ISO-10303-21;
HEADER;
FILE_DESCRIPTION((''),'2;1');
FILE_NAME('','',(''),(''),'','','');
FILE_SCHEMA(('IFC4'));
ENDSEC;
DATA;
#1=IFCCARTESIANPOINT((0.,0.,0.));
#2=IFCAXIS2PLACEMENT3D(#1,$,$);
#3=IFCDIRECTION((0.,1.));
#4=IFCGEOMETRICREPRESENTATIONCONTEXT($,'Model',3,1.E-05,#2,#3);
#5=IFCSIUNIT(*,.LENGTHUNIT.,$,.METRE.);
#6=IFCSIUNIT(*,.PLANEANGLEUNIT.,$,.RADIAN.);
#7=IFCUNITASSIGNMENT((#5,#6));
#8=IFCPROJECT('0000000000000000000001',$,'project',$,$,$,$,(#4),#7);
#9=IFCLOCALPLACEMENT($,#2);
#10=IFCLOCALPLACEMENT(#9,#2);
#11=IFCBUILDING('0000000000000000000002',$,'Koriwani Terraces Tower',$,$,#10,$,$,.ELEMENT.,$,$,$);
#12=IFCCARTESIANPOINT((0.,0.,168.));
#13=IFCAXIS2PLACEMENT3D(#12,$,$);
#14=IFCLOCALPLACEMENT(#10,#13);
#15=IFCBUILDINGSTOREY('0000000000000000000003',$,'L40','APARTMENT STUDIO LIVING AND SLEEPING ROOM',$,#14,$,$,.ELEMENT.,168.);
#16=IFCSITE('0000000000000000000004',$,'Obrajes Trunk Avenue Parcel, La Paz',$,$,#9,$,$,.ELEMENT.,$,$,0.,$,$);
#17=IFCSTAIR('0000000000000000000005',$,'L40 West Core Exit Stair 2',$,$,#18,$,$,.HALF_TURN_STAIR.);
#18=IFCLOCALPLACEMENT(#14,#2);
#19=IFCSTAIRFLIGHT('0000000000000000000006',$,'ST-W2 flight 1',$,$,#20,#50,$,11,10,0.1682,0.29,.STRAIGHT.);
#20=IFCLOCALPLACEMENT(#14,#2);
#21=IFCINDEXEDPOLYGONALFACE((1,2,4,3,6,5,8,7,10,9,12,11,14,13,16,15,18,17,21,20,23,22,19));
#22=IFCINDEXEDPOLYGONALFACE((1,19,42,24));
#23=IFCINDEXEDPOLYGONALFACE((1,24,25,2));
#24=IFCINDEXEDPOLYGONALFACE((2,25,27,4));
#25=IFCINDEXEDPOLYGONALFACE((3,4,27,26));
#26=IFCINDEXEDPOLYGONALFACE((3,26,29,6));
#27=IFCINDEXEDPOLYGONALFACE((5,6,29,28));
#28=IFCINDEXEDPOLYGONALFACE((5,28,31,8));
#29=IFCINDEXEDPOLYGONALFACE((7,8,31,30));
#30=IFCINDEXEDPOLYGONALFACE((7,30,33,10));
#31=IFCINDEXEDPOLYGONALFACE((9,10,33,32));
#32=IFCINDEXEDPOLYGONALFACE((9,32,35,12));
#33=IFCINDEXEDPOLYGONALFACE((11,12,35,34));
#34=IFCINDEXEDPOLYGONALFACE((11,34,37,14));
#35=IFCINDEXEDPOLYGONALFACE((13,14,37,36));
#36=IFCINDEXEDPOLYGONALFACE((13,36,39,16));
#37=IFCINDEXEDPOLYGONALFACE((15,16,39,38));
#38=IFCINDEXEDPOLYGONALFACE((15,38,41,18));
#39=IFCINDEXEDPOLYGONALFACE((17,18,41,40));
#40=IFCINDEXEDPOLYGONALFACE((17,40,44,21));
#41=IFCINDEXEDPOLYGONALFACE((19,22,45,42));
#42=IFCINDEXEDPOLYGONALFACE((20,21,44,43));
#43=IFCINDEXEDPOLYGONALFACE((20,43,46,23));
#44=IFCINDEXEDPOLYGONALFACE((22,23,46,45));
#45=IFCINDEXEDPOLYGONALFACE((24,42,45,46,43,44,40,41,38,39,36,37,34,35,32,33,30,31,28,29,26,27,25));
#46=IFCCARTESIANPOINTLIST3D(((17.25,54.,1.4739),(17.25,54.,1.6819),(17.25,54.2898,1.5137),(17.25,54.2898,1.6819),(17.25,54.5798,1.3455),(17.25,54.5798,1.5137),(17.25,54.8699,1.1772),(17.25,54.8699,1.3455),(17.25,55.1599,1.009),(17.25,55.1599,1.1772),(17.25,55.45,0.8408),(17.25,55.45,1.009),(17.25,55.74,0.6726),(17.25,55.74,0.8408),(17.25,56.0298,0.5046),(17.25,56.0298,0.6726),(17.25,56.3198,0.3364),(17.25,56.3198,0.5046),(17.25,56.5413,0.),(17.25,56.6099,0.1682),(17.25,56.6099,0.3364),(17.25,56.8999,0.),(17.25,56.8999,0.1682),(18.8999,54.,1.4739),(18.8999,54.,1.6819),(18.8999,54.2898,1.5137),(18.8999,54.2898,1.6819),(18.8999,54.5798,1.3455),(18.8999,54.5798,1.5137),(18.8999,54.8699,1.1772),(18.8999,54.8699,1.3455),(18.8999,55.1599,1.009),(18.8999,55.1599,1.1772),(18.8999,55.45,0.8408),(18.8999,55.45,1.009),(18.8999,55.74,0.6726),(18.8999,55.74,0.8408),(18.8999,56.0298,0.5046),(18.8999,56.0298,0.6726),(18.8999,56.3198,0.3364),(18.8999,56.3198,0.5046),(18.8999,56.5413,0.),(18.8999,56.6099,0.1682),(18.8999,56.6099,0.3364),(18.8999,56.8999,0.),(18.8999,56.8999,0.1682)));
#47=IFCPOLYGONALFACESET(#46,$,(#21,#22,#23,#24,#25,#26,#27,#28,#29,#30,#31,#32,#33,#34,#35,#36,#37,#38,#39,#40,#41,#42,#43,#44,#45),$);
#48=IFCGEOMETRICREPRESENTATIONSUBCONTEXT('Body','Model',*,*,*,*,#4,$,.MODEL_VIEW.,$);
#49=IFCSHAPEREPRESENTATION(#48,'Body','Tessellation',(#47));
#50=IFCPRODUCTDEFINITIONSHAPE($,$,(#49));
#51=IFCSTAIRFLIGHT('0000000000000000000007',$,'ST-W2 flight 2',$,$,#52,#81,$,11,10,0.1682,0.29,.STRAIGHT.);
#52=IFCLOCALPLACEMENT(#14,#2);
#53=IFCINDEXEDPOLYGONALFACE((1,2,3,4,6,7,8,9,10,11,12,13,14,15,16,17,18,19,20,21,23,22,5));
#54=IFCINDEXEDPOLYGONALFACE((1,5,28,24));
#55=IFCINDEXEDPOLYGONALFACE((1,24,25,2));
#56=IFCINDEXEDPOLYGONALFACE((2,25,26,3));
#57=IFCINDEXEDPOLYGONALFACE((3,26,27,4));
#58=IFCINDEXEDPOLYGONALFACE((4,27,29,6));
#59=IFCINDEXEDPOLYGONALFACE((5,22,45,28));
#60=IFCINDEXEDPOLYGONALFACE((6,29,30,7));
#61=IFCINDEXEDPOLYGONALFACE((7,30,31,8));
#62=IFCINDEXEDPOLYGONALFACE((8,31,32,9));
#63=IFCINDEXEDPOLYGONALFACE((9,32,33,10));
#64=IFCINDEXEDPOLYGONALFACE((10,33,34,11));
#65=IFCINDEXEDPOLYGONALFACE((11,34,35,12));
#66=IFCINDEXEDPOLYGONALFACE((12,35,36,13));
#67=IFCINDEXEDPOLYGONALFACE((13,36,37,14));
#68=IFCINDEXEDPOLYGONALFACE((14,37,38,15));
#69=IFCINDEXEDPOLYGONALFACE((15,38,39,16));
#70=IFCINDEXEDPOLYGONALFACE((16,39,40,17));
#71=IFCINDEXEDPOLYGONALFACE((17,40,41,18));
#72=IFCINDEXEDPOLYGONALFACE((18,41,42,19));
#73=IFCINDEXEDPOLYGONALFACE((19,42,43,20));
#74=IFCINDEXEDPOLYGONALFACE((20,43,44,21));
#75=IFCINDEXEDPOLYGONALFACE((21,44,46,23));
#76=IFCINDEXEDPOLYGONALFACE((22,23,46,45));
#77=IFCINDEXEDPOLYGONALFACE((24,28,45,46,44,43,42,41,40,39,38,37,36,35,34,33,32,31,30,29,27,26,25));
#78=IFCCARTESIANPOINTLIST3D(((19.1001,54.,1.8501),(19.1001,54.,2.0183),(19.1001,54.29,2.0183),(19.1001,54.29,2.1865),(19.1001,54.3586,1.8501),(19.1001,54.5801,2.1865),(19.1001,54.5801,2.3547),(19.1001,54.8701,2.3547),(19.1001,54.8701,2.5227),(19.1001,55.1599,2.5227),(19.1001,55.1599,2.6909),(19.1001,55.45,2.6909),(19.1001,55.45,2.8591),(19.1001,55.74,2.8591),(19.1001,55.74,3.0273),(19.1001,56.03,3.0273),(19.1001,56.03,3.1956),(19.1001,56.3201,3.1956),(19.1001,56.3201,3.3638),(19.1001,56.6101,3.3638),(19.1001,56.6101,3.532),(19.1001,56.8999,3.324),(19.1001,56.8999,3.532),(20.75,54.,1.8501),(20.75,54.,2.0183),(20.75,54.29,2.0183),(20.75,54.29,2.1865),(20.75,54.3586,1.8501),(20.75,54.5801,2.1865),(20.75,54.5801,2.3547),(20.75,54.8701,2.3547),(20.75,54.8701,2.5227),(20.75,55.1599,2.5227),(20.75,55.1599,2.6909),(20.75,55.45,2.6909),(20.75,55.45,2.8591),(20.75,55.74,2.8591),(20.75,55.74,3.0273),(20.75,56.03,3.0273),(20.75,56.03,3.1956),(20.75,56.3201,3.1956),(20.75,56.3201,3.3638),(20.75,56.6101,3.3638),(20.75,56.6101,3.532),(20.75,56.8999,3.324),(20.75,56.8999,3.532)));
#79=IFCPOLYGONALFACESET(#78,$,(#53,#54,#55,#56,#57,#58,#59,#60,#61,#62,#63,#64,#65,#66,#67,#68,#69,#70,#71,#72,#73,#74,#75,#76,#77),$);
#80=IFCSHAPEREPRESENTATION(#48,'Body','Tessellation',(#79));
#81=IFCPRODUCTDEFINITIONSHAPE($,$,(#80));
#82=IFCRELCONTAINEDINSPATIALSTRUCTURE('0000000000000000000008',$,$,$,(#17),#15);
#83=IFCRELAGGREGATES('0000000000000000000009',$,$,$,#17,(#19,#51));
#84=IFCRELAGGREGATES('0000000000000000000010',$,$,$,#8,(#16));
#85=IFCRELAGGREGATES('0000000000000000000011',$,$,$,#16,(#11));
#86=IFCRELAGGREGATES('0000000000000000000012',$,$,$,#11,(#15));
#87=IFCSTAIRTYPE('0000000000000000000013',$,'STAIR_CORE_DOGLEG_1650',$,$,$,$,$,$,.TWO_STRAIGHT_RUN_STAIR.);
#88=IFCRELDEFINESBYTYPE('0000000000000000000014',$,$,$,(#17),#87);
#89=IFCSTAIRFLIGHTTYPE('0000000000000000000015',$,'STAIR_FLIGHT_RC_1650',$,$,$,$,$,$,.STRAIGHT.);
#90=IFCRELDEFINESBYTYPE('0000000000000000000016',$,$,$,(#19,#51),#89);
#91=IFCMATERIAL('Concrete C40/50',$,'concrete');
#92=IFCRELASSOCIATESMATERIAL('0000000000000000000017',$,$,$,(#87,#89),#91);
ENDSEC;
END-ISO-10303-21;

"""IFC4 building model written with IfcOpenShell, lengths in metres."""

from ifc_helpers import new_model, si_unit, direction, frame, origin, place, context, subcontext, project, spatial, polyline, outline, extrude, material, type_object, element, aggregate, save


model = new_model("IFC4")

# Units and contexts
model_context = context("Model", 3, precision=1e-05, world=origin(), true_north=direction((0.0, 1.0)))
body_context = subcontext(model_context, "Body", "Model", "MODEL_VIEW")
ifc_project = project(units=[si_unit("LENGTHUNIT", "METRE"), si_unit("PLANEANGLEUNIT", "RADIAN")], contexts=[model_context])

# Site, building, storey
site_placement = place(None, origin())
site = spatial("IfcSite", under=ifc_project, at=site_placement, Name="Obrajes Trunk Avenue Parcel, La Paz", CompositionType="ELEMENT", RefElevation=0.0)
building_placement = place(site_placement, origin())
building = spatial("IfcBuilding", under=site, at=building_placement, Name="Koriwani Terraces Tower", CompositionType="ELEMENT")
storey_placement = place(building_placement, frame((0.0, 0.0, 168.0)))
storey = spatial("IfcBuildingStorey", under=building, at=storey_placement, Name="L40", Description="APARTMENT STUDIO LIVING AND SLEEPING ROOM", CompositionType="ELEMENT", Elevation=168.0)

# Shared definitions
ifc_material_1 = material(Name="Concrete C40/50", Category="concrete")

# Stair, stair flights
stair_type = type_object("IfcStairType", Name="STAIR_CORE_DOGLEG_1650", PredefinedType="TWO_STRAIGHT_RUN_STAIR", material=ifc_material_1)
stair_placement = place(storey_placement, origin())
stair = element("IfcStair", 1, at=stair_placement, inside=storey, type_object=stair_type, Name="L40 West Core Exit Stair 2", PredefinedType="HALF_TURN_STAIR")
stair_flight_type = type_object("IfcStairFlightType", Name="STAIR_FLIGHT_RC_1650", PredefinedType="STRAIGHT", material=ifc_material_1)
stair_flight_1_placement = place(storey_placement, frame((18.075, 56.8999, 0.0), z_axis=(0.0, 0.0, 1.0), x_axis=(0.0, -1.0, 0.0)))
stair_flight_1 = element("IfcStairFlight", 2, at=stair_flight_1_placement, type_object=stair_flight_type, Name="ST-W2 flight 1", NumberOfRisers=11, NumberOfTreads=10, PredefinedType="STRAIGHT", RiserHeight=0.1682, TreadLength=0.29, context=body_context, shape_type="SweptSolid", body=[
    extrude(outline(polyline([(0.0, 0.0), (0.0, 0.1682), (0.29, 0.1682), (0.29, 0.3364), (0.5801, 0.3364), (0.5801, 0.5046), (0.8701, 0.5046), (0.8701, 0.6726), (1.1599, 0.6726), (1.1599, 0.8408), (1.45, 0.8408), (1.45, 1.009), (1.74, 1.009), (1.74, 1.1772), (2.03, 1.1772), (2.03, 1.3455), (2.3201, 1.3455), (2.3201, 1.5137), (2.6101, 1.5137), (2.6101, 1.6819), (2.8999, 1.6819), (2.8999, 1.8501), (2.8999, 1.4739), (0.3586, 0.0), (0.0, 0.0)])), frame((0.0, 0.825, 0.0), z_axis=(0.0, -1.0, 0.0), x_axis=(1.0, 0.0, 0.0)), (0.0, 0.0, 1.0), 1.6499),
])
stair_flight_2_placement = place(storey_placement, frame((19.925, 54.0, 1.8501), z_axis=(0.0, 0.0, 1.0), x_axis=(0.0, 1.0, 0.0)))
stair_flight_2 = element("IfcStairFlight", 3, at=stair_flight_2_placement, type_object=stair_flight_type, Name="ST-W2 flight 2", NumberOfRisers=11, NumberOfTreads=10, PredefinedType="STRAIGHT", RiserHeight=0.1682, TreadLength=0.29, context=body_context, shape_type="SweptSolid", body=[
    extrude(outline(polyline([(0.0, 0.0), (0.0, 0.1682), (0.29, 0.1682), (0.29, 0.3364), (0.5801, 0.3364), (0.5801, 0.5046), (0.8701, 0.5046), (0.8701, 0.6726), (1.1599, 0.6726), (1.1599, 0.8408), (1.45, 0.8408), (1.45, 1.009), (1.74, 1.009), (1.74, 1.1772), (2.03, 1.1772), (2.03, 1.3455), (2.3201, 1.3455), (2.3201, 1.5137), (2.6101, 1.5137), (2.6101, 1.6819), (2.8999, 1.6819), (2.8999, 1.8501), (2.8999, 1.4739), (0.3586, 0.0), (0.0, 0.0)])), frame((0.0, 0.825, 0.0), z_axis=(0.0, -1.0, 0.0), x_axis=(1.0, 0.0, 0.0)), (0.0, 0.0, 1.0), 1.6499),
])
aggregate(stair, [stair_flight_1, stair_flight_2])

save(model, "model.ifc")
